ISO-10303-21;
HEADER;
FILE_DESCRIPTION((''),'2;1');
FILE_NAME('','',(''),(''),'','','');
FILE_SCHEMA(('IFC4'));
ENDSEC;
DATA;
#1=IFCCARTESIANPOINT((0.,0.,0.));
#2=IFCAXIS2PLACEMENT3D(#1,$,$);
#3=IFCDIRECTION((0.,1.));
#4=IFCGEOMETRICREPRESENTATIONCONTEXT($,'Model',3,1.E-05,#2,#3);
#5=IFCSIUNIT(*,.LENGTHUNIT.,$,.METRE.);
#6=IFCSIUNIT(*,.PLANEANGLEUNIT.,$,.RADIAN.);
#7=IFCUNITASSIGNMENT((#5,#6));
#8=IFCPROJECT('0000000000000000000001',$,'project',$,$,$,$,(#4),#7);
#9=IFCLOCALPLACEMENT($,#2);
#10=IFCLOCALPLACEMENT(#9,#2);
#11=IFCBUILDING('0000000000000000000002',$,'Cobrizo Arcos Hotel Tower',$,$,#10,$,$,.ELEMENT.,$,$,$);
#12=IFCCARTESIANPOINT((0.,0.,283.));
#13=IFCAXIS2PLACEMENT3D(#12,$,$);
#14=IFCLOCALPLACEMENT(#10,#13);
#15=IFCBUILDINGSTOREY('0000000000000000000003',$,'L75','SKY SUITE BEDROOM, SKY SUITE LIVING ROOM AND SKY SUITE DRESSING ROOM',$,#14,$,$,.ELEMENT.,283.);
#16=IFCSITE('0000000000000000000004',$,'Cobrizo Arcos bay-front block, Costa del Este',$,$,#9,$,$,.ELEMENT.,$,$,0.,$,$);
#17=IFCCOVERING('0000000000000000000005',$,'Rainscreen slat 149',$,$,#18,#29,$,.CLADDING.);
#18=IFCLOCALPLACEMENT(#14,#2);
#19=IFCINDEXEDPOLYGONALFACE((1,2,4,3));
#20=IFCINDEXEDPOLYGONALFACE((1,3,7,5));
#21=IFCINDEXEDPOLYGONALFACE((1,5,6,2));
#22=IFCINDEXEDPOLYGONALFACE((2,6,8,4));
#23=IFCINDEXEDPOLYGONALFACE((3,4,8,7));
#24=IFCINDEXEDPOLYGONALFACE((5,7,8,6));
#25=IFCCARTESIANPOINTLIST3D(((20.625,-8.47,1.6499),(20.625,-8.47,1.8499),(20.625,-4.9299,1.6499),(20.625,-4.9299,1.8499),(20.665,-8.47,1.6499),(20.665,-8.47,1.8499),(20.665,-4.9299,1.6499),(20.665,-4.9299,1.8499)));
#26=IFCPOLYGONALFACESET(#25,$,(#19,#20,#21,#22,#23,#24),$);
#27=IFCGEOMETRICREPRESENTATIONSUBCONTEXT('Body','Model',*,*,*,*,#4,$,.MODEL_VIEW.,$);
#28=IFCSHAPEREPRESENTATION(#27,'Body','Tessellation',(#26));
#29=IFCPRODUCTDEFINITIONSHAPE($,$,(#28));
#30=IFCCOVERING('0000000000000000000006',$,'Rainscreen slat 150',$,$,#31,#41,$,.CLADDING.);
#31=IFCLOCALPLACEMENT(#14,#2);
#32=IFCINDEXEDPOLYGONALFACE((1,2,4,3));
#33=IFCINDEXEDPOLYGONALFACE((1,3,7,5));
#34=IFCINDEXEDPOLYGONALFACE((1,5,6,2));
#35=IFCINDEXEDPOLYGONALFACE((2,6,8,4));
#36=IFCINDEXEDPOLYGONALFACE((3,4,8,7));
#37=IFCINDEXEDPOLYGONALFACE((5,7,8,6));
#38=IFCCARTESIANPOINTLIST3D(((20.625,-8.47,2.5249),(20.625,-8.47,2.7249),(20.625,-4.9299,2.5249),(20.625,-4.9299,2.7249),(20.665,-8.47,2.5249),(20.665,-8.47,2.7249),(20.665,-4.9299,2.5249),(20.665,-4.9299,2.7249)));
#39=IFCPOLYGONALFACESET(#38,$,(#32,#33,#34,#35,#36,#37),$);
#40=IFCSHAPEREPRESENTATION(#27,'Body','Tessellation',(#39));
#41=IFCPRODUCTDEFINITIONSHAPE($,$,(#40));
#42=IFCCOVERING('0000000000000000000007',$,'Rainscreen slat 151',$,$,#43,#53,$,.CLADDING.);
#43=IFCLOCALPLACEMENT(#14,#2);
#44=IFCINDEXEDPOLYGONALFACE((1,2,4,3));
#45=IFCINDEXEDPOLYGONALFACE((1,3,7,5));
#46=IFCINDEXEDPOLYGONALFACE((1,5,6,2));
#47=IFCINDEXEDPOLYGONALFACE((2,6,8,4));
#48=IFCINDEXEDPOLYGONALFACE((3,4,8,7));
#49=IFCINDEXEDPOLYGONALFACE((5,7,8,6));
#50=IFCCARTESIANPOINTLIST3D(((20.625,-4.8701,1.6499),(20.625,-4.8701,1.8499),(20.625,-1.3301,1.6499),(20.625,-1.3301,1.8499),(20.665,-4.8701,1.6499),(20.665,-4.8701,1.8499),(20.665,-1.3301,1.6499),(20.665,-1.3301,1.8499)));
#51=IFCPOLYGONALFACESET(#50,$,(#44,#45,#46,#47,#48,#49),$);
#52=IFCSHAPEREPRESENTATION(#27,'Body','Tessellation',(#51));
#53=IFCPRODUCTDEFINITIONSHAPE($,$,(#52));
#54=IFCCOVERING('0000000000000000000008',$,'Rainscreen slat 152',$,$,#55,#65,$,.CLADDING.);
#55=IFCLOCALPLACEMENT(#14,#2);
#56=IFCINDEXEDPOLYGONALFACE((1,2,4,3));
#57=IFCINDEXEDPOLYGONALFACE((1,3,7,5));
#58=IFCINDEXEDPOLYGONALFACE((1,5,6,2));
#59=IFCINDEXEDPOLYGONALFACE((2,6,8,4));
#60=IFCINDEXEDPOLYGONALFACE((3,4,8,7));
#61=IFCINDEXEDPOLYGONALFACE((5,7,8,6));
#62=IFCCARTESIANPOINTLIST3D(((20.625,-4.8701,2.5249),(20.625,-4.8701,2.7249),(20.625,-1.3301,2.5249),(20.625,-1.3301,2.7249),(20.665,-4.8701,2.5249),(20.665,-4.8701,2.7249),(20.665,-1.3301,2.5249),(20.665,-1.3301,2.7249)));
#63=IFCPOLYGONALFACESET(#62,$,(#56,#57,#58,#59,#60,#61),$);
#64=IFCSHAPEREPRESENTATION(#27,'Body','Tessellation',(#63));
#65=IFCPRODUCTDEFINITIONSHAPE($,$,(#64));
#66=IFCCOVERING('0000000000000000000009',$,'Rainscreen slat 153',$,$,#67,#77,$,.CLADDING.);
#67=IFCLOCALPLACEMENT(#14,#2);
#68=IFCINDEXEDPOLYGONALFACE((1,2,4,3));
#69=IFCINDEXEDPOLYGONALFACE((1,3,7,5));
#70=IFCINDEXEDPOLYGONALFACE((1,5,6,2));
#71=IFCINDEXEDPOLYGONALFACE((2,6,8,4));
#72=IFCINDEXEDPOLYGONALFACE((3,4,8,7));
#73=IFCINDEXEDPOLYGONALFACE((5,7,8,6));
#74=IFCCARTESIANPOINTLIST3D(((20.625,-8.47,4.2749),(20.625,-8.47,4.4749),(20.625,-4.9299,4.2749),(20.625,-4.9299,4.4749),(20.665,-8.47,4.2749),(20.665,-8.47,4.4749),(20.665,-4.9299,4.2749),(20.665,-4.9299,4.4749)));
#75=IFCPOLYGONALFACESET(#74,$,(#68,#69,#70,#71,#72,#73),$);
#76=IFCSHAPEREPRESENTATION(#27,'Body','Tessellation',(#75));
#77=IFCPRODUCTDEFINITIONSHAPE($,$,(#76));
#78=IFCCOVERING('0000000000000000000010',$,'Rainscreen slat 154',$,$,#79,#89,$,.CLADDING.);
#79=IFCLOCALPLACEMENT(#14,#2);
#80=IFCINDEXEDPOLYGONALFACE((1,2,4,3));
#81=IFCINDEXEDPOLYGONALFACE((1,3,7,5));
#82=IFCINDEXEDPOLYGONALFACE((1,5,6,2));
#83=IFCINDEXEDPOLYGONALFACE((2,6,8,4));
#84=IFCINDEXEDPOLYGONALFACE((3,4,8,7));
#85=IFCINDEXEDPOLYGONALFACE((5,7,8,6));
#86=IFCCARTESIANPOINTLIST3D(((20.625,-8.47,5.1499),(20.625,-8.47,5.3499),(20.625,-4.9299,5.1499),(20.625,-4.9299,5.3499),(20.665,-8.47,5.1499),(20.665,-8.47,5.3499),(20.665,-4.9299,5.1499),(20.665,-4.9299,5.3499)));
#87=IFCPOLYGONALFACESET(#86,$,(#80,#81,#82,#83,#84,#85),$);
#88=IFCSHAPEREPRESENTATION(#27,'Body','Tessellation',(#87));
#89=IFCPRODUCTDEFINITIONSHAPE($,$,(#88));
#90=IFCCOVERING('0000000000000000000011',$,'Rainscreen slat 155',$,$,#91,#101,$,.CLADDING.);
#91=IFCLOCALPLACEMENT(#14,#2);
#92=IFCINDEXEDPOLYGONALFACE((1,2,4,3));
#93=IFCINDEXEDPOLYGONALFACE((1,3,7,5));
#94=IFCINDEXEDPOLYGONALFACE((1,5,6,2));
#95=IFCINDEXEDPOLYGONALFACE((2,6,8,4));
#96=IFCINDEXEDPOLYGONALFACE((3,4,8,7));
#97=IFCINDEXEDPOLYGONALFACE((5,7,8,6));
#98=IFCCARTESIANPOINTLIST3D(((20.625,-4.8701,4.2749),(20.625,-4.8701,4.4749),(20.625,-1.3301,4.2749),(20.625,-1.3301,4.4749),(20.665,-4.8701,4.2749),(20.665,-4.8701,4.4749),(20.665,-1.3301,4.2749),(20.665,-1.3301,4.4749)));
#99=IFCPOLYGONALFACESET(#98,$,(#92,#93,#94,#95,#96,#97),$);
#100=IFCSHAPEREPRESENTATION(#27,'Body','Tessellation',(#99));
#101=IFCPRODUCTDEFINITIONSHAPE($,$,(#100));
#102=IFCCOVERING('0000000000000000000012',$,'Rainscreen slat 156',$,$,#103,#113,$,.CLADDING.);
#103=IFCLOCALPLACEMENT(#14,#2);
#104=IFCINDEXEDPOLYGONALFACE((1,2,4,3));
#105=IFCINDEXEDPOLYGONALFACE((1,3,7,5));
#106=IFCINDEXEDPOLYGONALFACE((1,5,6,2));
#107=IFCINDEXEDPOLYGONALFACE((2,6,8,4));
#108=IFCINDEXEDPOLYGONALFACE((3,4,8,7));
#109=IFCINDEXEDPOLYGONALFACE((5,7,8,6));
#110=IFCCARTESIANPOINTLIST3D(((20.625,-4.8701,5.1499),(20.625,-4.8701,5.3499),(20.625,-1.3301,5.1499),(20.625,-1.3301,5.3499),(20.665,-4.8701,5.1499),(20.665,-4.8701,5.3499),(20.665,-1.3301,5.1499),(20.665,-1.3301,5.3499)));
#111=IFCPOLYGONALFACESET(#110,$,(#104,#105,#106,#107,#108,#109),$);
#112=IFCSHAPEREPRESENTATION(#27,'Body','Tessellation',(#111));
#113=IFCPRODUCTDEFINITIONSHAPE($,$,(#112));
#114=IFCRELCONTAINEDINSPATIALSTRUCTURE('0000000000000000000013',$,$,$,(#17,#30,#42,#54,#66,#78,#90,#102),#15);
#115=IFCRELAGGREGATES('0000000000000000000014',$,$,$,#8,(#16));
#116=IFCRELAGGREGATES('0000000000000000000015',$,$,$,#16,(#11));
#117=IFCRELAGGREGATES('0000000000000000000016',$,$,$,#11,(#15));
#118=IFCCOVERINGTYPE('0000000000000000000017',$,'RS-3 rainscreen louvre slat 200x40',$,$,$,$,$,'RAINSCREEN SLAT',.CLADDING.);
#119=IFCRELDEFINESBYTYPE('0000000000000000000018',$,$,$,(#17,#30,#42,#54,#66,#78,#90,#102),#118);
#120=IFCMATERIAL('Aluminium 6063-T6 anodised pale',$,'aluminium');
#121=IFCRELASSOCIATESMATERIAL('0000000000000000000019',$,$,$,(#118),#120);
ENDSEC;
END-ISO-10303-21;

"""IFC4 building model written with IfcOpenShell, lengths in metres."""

from ifc_helpers import new_model, si_unit, direction, frame, origin, origin_2d, place, context, subcontext, project, spatial, rectangle, extrude, material, type_object, element, save


model = new_model("IFC4")

# Units and contexts
model_context = context("Model", 3, precision=1e-05, world=origin(), true_north=direction((0.0, 1.0)))
body_context = subcontext(model_context, "Body", "Model", "MODEL_VIEW")
ifc_project = project(units=[si_unit("LENGTHUNIT", "METRE"), si_unit("PLANEANGLEUNIT", "RADIAN")], contexts=[model_context])

# Site, building, storey
site_placement = place(None, origin())
site = spatial("IfcSite", under=ifc_project, at=site_placement, Name="Cobrizo Arcos bay-front block, Costa del Este", CompositionType="ELEMENT", RefElevation=0.0)
building_placement = place(site_placement, origin())
building = spatial("IfcBuilding", under=site, at=building_placement, Name="Cobrizo Arcos Hotel Tower", CompositionType="ELEMENT")
storey_placement = place(building_placement, frame((0.0, 0.0, 283.0)))
storey = spatial("IfcBuildingStorey", under=building, at=storey_placement, Name="L75", Description="SKY SUITE BEDROOM, SKY SUITE LIVING ROOM AND SKY SUITE DRESSING ROOM", CompositionType="ELEMENT", Elevation=283.0)

# Coverings
ifc_material_1 = material(Name="Aluminium 6063-T6 anodised pale", Category="aluminium")
covering_type_1 = type_object("IfcCoveringType", Name="RS-3 rainscreen louvre slat 200x40", ElementType="RAINSCREEN SLAT", PredefinedType="CLADDING", material=ifc_material_1)
for number, where, z_axis, x_axis, name in (
    (1, (20.645, -6.7, 1.6499), (0.0, 0.0, 1.0), (0.0, 1.0, 0.0), "Rainscreen slat 149"),
    (2, (20.645, -6.7, 2.5249), (0.0, 0.0, 1.0), (0.0, 1.0, 0.0), "Rainscreen slat 150"),
    (3, (20.645, -3.1001, 1.6499), (0.0, 0.0, 1.0), (0.0, 1.0, 0.0), "Rainscreen slat 151"),
    (4, (20.645, -3.1001, 2.5249), (0.0, 0.0, 1.0), (0.0, 1.0, 0.0), "Rainscreen slat 152"),
    (5, (20.645, -6.7, 4.2749), (0.0, 0.0, 1.0), (0.0, 1.0, 0.0), "Rainscreen slat 153"),
    (6, (20.645, -6.7, 5.1499), (0.0, 0.0, 1.0), (0.0, 1.0, 0.0), "Rainscreen slat 154"),
    (7, (20.645, -3.1001, 4.2749), (0.0, 0.0, 1.0), (0.0, 1.0, 0.0), "Rainscreen slat 155"),
    (8, (20.645, -3.1001, 5.1499), (0.0, 0.0, 1.0), (0.0, 1.0, 0.0), "Rainscreen slat 156"),
):
    element("IfcCovering", number, at=place(storey_placement, frame(where, z_axis=z_axis, x_axis=x_axis)), inside=storey, type_object=covering_type_1, Name=name, PredefinedType="CLADDING", context=body_context, shape_type="SweptSolid", body=[
        extrude(rectangle(XDim=3.54, YDim=0.04, at=origin_2d()), origin(), (0.0, 0.0, 1.0), 0.2),
    ])

save(model, "model.ifc")
